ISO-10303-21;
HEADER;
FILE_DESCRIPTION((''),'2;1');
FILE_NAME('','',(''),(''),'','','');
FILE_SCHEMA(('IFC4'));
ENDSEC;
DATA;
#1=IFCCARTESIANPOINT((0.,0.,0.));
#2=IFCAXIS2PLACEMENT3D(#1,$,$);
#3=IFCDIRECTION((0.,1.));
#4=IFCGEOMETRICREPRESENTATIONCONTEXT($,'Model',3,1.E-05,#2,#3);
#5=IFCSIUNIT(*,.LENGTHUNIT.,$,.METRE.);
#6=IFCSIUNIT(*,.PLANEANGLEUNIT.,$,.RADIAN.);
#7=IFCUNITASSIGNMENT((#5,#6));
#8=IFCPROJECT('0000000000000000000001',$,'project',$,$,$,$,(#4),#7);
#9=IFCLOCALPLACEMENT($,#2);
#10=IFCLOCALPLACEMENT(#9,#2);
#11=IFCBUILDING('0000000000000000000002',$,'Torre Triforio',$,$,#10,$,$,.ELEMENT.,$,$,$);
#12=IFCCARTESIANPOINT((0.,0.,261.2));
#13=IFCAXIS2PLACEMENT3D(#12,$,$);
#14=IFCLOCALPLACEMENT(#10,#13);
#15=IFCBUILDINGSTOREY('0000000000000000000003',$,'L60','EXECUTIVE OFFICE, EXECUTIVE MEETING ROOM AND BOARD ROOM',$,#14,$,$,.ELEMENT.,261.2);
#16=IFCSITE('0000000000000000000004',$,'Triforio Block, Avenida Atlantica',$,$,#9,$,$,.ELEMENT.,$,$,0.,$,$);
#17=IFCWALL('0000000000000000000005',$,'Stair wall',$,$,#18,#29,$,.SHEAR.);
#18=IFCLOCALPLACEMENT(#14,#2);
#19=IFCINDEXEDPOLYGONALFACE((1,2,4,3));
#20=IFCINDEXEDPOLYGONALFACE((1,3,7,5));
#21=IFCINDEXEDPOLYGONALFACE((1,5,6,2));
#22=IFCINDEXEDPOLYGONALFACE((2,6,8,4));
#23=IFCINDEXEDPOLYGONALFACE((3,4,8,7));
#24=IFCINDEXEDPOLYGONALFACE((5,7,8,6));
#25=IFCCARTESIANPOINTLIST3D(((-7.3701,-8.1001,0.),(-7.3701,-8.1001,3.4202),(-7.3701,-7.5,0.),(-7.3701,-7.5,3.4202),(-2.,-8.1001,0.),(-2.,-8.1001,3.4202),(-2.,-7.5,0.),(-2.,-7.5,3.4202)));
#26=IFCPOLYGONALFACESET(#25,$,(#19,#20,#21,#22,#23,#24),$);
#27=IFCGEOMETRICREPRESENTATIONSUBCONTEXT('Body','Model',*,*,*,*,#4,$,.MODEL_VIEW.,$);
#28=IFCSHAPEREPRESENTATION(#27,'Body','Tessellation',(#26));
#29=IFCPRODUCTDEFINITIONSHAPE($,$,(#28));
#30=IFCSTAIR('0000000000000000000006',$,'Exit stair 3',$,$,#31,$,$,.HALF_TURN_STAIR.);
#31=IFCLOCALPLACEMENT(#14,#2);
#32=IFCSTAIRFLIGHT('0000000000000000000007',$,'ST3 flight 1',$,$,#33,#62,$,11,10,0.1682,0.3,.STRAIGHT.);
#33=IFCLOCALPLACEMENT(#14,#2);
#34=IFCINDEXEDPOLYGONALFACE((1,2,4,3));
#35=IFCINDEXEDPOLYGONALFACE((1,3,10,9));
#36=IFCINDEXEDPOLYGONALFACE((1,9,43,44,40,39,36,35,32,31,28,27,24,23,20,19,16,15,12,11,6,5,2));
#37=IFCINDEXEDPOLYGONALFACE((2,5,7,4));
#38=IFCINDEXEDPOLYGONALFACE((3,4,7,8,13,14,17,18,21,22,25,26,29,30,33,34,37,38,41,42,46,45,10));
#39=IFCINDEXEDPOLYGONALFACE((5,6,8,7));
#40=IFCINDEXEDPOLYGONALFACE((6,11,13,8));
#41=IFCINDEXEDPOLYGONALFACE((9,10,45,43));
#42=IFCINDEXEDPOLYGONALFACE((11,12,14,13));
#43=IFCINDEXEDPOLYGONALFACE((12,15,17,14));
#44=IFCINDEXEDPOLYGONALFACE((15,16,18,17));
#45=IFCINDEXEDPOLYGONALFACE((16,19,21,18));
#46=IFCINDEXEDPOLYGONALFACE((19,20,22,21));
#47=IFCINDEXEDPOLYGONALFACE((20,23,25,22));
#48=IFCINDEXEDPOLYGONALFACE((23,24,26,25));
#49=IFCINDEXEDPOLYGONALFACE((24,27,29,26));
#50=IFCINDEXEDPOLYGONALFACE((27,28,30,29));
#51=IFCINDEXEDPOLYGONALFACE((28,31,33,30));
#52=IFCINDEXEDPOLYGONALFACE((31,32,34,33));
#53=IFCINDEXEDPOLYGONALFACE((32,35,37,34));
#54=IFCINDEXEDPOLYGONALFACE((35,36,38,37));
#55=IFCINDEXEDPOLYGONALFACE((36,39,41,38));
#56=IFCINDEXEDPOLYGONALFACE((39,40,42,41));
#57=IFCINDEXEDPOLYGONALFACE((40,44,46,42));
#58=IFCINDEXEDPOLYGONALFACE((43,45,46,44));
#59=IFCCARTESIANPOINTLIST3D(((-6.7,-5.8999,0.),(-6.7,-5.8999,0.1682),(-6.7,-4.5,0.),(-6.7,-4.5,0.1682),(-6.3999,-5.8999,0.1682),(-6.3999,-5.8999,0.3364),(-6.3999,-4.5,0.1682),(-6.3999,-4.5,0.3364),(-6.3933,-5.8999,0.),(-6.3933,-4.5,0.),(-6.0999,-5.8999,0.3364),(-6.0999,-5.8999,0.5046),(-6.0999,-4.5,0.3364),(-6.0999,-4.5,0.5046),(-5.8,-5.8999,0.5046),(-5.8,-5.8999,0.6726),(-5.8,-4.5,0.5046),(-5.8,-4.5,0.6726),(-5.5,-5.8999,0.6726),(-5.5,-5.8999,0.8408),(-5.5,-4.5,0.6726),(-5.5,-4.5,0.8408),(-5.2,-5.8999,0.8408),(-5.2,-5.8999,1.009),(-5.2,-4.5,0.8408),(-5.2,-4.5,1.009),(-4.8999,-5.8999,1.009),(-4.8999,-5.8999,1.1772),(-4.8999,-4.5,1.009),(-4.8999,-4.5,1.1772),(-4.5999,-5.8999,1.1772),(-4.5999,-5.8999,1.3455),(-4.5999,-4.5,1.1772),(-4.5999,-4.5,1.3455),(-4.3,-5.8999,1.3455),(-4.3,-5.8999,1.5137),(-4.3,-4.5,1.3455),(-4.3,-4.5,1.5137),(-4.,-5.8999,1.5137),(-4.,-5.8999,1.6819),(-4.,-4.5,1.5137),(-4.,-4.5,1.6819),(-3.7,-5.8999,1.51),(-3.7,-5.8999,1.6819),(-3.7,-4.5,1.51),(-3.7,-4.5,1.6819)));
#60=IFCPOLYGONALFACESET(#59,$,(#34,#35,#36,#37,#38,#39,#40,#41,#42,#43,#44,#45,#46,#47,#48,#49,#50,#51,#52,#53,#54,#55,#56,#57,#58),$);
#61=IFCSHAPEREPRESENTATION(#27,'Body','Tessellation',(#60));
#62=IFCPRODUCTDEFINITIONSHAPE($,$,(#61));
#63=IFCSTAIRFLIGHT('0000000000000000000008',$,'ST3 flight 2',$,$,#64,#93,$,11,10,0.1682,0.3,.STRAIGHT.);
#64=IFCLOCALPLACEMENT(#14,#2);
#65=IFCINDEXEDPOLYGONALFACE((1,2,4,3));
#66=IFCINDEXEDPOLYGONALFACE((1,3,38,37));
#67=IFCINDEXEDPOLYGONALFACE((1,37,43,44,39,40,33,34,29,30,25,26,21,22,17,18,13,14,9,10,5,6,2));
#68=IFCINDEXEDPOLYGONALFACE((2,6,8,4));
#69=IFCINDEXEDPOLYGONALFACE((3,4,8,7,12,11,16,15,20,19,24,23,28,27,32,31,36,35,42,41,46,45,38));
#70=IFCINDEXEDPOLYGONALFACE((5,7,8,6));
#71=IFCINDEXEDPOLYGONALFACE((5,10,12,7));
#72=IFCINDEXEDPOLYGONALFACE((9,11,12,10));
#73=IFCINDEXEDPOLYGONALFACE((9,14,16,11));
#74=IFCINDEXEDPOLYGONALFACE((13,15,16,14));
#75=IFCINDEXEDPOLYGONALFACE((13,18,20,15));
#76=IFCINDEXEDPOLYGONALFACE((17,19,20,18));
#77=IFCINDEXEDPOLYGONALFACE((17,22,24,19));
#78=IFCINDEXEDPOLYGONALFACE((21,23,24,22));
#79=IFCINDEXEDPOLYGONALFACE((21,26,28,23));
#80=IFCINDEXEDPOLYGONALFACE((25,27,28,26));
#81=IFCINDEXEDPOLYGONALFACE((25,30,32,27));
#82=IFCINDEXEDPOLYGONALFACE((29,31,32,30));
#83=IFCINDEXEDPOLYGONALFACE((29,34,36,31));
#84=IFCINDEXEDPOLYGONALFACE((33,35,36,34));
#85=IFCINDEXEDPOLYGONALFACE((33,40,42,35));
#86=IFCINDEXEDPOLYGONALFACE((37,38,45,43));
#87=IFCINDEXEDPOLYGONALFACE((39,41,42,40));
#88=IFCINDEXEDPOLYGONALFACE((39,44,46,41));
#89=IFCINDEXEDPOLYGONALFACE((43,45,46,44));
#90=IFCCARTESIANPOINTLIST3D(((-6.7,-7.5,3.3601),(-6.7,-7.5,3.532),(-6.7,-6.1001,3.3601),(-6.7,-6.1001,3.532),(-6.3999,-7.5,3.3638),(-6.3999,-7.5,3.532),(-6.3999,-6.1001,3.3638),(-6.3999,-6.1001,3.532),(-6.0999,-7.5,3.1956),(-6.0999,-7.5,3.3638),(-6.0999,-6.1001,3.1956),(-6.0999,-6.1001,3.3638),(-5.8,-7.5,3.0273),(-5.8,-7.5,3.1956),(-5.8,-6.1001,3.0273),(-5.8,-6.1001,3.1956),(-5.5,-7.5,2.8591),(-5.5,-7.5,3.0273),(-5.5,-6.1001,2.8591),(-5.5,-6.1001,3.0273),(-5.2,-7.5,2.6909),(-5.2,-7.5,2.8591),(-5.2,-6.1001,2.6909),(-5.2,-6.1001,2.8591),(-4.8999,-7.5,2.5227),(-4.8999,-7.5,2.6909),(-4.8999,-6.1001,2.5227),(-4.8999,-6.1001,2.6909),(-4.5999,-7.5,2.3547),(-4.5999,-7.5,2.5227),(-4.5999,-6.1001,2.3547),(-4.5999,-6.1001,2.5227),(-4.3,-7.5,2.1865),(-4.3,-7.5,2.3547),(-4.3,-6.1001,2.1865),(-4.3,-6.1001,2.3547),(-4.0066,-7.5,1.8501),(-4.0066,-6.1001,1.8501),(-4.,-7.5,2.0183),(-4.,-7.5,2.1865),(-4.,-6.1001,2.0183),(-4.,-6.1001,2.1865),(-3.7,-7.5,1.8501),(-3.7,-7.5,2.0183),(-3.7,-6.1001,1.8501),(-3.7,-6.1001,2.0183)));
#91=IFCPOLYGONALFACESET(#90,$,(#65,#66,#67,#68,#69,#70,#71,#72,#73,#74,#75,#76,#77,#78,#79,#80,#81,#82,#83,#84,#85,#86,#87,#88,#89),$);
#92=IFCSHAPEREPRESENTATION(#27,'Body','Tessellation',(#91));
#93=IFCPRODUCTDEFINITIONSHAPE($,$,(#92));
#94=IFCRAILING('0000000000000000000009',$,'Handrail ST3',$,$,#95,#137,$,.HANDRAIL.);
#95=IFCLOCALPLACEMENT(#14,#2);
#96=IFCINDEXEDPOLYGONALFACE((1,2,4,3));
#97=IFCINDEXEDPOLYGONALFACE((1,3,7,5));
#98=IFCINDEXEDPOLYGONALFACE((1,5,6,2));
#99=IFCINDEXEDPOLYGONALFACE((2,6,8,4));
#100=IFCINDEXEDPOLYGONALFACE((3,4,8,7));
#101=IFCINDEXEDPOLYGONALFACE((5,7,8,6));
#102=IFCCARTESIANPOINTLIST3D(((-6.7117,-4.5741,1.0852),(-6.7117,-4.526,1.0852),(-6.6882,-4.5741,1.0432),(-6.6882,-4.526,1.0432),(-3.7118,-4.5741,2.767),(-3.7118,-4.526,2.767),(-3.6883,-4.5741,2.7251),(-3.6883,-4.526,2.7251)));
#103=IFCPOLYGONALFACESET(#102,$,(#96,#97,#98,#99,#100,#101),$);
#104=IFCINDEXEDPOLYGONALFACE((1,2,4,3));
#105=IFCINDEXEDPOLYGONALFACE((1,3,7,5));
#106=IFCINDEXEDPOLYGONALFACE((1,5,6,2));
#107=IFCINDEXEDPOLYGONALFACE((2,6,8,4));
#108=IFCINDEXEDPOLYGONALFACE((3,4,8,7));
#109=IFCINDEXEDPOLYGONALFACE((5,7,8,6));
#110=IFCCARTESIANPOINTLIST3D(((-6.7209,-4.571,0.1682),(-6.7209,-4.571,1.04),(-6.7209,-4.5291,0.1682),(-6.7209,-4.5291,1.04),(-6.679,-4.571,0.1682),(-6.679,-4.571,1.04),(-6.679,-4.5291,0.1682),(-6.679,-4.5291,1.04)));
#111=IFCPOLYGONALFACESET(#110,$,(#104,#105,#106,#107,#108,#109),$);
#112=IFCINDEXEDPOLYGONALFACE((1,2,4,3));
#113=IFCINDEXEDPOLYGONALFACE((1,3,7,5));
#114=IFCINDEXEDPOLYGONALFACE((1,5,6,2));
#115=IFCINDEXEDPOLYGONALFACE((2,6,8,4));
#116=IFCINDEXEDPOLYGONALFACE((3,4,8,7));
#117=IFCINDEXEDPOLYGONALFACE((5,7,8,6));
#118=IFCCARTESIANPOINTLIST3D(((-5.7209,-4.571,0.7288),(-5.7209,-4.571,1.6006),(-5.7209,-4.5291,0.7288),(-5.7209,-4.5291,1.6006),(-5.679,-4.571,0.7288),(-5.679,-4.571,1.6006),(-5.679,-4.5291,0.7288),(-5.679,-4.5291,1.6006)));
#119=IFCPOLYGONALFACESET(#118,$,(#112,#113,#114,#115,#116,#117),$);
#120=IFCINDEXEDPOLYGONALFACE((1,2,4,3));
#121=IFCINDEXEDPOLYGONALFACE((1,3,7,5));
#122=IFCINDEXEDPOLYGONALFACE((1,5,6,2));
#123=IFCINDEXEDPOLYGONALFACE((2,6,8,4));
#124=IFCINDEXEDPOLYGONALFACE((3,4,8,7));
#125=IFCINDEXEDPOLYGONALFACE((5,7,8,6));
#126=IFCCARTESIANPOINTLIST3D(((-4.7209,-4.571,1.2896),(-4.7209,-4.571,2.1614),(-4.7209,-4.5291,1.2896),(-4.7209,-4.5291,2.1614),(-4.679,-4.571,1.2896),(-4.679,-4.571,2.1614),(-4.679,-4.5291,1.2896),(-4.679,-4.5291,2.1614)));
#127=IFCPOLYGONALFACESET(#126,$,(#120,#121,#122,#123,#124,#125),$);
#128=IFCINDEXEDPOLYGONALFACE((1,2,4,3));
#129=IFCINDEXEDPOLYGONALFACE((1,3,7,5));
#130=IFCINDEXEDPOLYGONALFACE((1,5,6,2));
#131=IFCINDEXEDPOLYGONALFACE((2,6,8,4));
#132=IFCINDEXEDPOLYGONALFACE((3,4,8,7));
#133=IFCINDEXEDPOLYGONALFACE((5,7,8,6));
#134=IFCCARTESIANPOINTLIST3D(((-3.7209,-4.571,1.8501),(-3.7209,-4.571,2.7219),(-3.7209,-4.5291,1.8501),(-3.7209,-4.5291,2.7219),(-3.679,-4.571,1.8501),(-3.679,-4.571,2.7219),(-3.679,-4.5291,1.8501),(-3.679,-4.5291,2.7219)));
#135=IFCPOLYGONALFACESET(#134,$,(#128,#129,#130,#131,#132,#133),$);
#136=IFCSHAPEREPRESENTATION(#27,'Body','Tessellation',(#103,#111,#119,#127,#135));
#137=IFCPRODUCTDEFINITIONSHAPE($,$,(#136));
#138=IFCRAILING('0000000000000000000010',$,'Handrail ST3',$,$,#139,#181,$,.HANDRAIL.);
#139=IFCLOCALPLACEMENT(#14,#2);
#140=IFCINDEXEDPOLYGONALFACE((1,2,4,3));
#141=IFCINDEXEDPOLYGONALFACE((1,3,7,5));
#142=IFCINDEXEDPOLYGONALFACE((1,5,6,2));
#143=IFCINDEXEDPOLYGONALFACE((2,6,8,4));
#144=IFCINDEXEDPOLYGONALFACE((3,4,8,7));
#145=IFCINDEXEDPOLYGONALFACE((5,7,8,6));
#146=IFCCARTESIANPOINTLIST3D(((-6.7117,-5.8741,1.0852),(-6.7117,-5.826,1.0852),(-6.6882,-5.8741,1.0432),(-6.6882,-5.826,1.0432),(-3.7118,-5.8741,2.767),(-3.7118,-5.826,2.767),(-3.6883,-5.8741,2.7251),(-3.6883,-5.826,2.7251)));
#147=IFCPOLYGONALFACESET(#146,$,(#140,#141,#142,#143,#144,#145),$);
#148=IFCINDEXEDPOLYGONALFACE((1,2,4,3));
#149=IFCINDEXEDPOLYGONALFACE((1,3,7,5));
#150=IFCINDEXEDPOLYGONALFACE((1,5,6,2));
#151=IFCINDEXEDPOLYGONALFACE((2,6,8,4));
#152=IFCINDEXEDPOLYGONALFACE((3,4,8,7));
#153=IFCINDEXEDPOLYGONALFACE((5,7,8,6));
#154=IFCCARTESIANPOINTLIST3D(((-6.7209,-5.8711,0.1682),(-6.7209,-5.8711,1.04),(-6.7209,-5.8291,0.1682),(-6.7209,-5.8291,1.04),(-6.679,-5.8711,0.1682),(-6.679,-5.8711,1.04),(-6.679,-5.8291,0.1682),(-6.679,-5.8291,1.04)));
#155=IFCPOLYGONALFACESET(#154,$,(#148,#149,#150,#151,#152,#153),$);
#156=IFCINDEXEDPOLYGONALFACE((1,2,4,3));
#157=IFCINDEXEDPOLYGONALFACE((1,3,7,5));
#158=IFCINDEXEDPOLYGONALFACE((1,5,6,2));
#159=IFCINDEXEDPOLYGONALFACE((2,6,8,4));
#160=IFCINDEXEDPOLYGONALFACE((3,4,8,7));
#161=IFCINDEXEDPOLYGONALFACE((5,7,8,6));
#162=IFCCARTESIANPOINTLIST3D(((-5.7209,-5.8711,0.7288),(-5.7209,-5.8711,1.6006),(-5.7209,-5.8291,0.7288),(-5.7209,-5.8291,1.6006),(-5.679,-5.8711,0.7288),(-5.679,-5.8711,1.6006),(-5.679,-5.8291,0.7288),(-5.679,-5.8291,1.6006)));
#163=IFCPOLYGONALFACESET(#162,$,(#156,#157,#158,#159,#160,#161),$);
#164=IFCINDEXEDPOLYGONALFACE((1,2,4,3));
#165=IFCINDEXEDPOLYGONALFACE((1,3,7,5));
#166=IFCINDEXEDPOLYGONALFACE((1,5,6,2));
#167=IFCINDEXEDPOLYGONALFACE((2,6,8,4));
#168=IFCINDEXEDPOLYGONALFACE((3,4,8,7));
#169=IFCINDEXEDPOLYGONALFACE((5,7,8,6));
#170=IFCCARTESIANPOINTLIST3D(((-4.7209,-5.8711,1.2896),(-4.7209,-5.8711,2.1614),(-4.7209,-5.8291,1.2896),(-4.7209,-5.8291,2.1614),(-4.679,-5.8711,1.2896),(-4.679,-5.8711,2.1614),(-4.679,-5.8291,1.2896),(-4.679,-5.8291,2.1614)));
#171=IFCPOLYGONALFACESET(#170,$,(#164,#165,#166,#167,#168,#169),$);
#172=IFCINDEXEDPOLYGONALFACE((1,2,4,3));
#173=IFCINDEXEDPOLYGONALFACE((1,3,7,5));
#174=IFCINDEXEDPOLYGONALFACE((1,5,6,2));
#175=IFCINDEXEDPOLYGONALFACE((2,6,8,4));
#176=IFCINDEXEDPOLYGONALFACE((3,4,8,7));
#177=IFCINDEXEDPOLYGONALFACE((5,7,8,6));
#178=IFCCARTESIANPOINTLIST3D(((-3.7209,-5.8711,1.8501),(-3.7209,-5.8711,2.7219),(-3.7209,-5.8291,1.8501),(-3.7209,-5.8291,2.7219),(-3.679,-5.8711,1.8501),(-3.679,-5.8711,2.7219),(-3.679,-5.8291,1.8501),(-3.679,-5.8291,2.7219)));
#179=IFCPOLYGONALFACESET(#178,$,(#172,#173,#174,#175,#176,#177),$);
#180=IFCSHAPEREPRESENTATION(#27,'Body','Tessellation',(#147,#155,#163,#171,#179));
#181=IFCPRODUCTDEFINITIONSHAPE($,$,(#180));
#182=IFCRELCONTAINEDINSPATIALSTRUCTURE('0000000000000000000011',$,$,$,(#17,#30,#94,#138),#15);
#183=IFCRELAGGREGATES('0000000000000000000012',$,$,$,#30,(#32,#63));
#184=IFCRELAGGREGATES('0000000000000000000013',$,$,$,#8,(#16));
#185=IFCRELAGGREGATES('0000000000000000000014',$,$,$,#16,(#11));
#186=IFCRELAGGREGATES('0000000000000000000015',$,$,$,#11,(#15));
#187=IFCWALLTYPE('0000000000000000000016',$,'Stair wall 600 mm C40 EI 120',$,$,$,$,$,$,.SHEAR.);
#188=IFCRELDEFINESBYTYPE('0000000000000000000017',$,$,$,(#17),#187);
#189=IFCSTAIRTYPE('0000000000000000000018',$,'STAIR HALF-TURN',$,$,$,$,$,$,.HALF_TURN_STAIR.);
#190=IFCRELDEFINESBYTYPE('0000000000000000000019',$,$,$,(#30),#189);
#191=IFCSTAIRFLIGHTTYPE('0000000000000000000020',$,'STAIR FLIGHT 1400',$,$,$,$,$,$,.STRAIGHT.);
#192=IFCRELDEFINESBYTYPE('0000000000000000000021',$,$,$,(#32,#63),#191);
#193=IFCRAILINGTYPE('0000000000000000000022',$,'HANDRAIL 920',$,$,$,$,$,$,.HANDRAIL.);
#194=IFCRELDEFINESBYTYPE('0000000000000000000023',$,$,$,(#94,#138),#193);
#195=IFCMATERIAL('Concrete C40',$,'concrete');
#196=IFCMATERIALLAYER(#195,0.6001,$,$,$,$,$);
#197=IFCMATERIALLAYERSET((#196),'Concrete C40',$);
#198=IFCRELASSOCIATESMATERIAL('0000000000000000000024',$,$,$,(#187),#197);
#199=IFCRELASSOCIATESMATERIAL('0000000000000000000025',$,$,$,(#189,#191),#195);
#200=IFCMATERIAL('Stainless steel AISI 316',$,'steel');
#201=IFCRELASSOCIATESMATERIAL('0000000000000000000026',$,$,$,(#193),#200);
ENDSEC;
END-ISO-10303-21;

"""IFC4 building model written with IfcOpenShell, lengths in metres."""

from ifc_helpers import new_model, si_unit, direction, frame, frame_2d, origin, origin_2d, place, context, subcontext, project, spatial, polyline, rectangle, outline, extrude, material, layer, layer_set, type_object, element, aggregate, save


model = new_model("IFC4")

# Units and contexts
model_context = context("Model", 3, precision=1e-05, world=origin(), true_north=direction((0.0, 1.0)))
body_context = subcontext(model_context, "Body", "Model", "MODEL_VIEW")
ifc_project = project(units=[si_unit("LENGTHUNIT", "METRE"), si_unit("PLANEANGLEUNIT", "RADIAN")], contexts=[model_context])

# Site, building, storey
site_placement = place(None, origin())
site = spatial("IfcSite", under=ifc_project, at=site_placement, Name="Triforio Block, Avenida Atlantica", CompositionType="ELEMENT", RefElevation=0.0)
building_placement = place(site_placement, origin())
building = spatial("IfcBuilding", under=site, at=building_placement, Name="Torre Triforio", CompositionType="ELEMENT")
storey_placement = place(building_placement, frame((0.0, 0.0, 261.2)))
storey = spatial("IfcBuildingStorey", under=building, at=storey_placement, Name="L60", Description="EXECUTIVE OFFICE, EXECUTIVE MEETING ROOM AND BOARD ROOM", CompositionType="ELEMENT", Elevation=261.2)

# Shared definitions
ifc_material_1 = material(Name="Concrete C40", Category="concrete")

# Wall
ifc_layer_1 = layer(ifc_material_1, 0.6001)
ifc_layer_set_1 = layer_set([ifc_layer_1], Name="Concrete C40")
wall_type_1 = type_object("IfcWallType", Name="Stair wall 600 mm C40 EI 120", PredefinedType="SHEAR", material=ifc_layer_set_1)
wall_1_placement = place(storey_placement, frame((-7.3701, -7.8, 0.0), z_axis=(0.0, 0.0, 1.0), x_axis=(1.0, 0.0, 0.0)))
element("IfcWall", 1, at=wall_1_placement, inside=storey, type_object=wall_type_1, Name="Stair wall", PredefinedType="SHEAR", context=body_context, shape_type="SweptSolid", body=[
    extrude(rectangle(XDim=5.3701, YDim=0.6001, at=frame_2d((2.6851, 0.0))), origin(), (0.0, 0.0, 1.0), 3.4202),
])

# Stair, stair flights
stair_type = type_object("IfcStairType", Name="STAIR HALF-TURN", PredefinedType="HALF_TURN_STAIR", material=ifc_material_1)
stair_placement = place(storey_placement, origin())
stair = element("IfcStair", 2, at=stair_placement, inside=storey, type_object=stair_type, Name="Exit stair 3", PredefinedType="HALF_TURN_STAIR")
stair_flight_type = type_object("IfcStairFlightType", Name="STAIR FLIGHT 1400", PredefinedType="STRAIGHT", material=ifc_material_1)
stair_flight_1_placement = place(storey_placement, frame((-6.7, -5.2, 0.0), z_axis=(0.0, 0.0, 1.0), x_axis=(1.0, 0.0, 0.0)))
stair_flight_1 = element("IfcStairFlight", 3, at=stair_flight_1_placement, type_object=stair_flight_type, Name="ST3 flight 1", NumberOfRisers=11, NumberOfTreads=10, PredefinedType="STRAIGHT", RiserHeight=0.1682, TreadLength=0.3, context=body_context, shape_type="SweptSolid", body=[
    extrude(outline(polyline([(0.0, 0.0), (0.0, 0.1682), (0.3, 0.1682), (0.3, 0.3364), (0.6001, 0.3364), (0.6001, 0.5046), (0.8999, 0.5046), (0.8999, 0.6726), (1.2, 0.6726), (1.2, 0.8408), (1.5, 0.8408), (1.5, 1.009), (1.8, 1.009), (1.8, 1.1772), (2.1001, 1.1772), (2.1001, 1.3455), (2.3999, 1.3455), (2.3999, 1.5137), (2.7, 1.5137), (2.7, 1.6819), (3.0, 1.6819), (3.0, 1.8501), (3.0, 1.51), (0.3066, 0.0), (0.0, 0.0)])), frame((0.0, 0.7, 0.0), z_axis=(0.0, -1.0, 0.0), x_axis=(1.0, 0.0, 0.0)), (0.0, 0.0, 1.0), 1.3999),
])
stair_flight_2_placement = place(storey_placement, frame((-3.7, -6.8, 1.8501), z_axis=(0.0, 0.0, 1.0), x_axis=(-1.0, 0.0, 0.0)))
stair_flight_2 = element("IfcStairFlight", 4, at=stair_flight_2_placement, type_object=stair_flight_type, Name="ST3 flight 2", NumberOfRisers=11, NumberOfTreads=10, PredefinedType="STRAIGHT", RiserHeight=0.1682, TreadLength=0.3, context=body_context, shape_type="SweptSolid", body=[
    extrude(outline(polyline([(0.0, 0.0), (0.0, 0.1682), (0.3, 0.1682), (0.3, 0.3364), (0.6001, 0.3364), (0.6001, 0.5046), (0.8999, 0.5046), (0.8999, 0.6726), (1.2, 0.6726), (1.2, 0.8408), (1.5, 0.8408), (1.5, 1.009), (1.8, 1.009), (1.8, 1.1772), (2.1001, 1.1772), (2.1001, 1.3455), (2.3999, 1.3455), (2.3999, 1.5137), (2.7, 1.5137), (2.7, 1.6819), (3.0, 1.6819), (3.0, 1.8501), (3.0, 1.51), (0.3066, 0.0), (0.0, 0.0)])), frame((0.0, 0.7, 0.0), z_axis=(0.0, -1.0, 0.0), x_axis=(1.0, 0.0, 0.0)), (0.0, 0.0, 1.0), 1.3999),
])
aggregate(stair, [stair_flight_1, stair_flight_2])

# Railings
ifc_material_2 = material(Name="Stainless steel AISI 316", Category="steel")
railing_type = type_object("IfcRailingType", Name="HANDRAIL 920", PredefinedType="HANDRAIL", material=ifc_material_2)
for number, where, name in (
    (5, (-6.7, -4.55, 0.1682), "Handrail ST3"),
    (6, (-6.7, -5.8501, 0.1682), "Handrail ST3"),
):
    element("IfcRailing", number, at=place(storey_placement, frame(where)), inside=storey, type_object=railing_type, Name=name, PredefinedType="HANDRAIL", context=body_context, shape_type="SweptSolid", body=[
        extrude(rectangle(XDim=0.0481, YDim=0.0481, at=origin_2d()), frame((0.0, 0.0, 0.896), z_axis=(0.872272, 0.0, 0.48902), x_axis=(0.0, 1.0, 0.0)), (0.0, 0.0, 1.0), 3.4392),
        extrude(rectangle(XDim=0.042, YDim=0.042, at=origin_2d()), origin(), (0.0, 0.0, 1.0), 0.8718),
        extrude(rectangle(XDim=0.042, YDim=0.042, at=origin_2d()), frame((1.0, 0.0, 0.5605)), (0.0, 0.0, 1.0), 0.8718),
        extrude(rectangle(XDim=0.042, YDim=0.042, at=origin_2d()), frame((2.0, 0.0, 1.1213)), (0.0, 0.0, 1.0), 0.8718),
        extrude(rectangle(XDim=0.042, YDim=0.042, at=origin_2d()), frame((3.0, 0.0, 1.6819)), (0.0, 0.0, 1.0), 0.8718),
    ])

save(model, "model.ifc")
